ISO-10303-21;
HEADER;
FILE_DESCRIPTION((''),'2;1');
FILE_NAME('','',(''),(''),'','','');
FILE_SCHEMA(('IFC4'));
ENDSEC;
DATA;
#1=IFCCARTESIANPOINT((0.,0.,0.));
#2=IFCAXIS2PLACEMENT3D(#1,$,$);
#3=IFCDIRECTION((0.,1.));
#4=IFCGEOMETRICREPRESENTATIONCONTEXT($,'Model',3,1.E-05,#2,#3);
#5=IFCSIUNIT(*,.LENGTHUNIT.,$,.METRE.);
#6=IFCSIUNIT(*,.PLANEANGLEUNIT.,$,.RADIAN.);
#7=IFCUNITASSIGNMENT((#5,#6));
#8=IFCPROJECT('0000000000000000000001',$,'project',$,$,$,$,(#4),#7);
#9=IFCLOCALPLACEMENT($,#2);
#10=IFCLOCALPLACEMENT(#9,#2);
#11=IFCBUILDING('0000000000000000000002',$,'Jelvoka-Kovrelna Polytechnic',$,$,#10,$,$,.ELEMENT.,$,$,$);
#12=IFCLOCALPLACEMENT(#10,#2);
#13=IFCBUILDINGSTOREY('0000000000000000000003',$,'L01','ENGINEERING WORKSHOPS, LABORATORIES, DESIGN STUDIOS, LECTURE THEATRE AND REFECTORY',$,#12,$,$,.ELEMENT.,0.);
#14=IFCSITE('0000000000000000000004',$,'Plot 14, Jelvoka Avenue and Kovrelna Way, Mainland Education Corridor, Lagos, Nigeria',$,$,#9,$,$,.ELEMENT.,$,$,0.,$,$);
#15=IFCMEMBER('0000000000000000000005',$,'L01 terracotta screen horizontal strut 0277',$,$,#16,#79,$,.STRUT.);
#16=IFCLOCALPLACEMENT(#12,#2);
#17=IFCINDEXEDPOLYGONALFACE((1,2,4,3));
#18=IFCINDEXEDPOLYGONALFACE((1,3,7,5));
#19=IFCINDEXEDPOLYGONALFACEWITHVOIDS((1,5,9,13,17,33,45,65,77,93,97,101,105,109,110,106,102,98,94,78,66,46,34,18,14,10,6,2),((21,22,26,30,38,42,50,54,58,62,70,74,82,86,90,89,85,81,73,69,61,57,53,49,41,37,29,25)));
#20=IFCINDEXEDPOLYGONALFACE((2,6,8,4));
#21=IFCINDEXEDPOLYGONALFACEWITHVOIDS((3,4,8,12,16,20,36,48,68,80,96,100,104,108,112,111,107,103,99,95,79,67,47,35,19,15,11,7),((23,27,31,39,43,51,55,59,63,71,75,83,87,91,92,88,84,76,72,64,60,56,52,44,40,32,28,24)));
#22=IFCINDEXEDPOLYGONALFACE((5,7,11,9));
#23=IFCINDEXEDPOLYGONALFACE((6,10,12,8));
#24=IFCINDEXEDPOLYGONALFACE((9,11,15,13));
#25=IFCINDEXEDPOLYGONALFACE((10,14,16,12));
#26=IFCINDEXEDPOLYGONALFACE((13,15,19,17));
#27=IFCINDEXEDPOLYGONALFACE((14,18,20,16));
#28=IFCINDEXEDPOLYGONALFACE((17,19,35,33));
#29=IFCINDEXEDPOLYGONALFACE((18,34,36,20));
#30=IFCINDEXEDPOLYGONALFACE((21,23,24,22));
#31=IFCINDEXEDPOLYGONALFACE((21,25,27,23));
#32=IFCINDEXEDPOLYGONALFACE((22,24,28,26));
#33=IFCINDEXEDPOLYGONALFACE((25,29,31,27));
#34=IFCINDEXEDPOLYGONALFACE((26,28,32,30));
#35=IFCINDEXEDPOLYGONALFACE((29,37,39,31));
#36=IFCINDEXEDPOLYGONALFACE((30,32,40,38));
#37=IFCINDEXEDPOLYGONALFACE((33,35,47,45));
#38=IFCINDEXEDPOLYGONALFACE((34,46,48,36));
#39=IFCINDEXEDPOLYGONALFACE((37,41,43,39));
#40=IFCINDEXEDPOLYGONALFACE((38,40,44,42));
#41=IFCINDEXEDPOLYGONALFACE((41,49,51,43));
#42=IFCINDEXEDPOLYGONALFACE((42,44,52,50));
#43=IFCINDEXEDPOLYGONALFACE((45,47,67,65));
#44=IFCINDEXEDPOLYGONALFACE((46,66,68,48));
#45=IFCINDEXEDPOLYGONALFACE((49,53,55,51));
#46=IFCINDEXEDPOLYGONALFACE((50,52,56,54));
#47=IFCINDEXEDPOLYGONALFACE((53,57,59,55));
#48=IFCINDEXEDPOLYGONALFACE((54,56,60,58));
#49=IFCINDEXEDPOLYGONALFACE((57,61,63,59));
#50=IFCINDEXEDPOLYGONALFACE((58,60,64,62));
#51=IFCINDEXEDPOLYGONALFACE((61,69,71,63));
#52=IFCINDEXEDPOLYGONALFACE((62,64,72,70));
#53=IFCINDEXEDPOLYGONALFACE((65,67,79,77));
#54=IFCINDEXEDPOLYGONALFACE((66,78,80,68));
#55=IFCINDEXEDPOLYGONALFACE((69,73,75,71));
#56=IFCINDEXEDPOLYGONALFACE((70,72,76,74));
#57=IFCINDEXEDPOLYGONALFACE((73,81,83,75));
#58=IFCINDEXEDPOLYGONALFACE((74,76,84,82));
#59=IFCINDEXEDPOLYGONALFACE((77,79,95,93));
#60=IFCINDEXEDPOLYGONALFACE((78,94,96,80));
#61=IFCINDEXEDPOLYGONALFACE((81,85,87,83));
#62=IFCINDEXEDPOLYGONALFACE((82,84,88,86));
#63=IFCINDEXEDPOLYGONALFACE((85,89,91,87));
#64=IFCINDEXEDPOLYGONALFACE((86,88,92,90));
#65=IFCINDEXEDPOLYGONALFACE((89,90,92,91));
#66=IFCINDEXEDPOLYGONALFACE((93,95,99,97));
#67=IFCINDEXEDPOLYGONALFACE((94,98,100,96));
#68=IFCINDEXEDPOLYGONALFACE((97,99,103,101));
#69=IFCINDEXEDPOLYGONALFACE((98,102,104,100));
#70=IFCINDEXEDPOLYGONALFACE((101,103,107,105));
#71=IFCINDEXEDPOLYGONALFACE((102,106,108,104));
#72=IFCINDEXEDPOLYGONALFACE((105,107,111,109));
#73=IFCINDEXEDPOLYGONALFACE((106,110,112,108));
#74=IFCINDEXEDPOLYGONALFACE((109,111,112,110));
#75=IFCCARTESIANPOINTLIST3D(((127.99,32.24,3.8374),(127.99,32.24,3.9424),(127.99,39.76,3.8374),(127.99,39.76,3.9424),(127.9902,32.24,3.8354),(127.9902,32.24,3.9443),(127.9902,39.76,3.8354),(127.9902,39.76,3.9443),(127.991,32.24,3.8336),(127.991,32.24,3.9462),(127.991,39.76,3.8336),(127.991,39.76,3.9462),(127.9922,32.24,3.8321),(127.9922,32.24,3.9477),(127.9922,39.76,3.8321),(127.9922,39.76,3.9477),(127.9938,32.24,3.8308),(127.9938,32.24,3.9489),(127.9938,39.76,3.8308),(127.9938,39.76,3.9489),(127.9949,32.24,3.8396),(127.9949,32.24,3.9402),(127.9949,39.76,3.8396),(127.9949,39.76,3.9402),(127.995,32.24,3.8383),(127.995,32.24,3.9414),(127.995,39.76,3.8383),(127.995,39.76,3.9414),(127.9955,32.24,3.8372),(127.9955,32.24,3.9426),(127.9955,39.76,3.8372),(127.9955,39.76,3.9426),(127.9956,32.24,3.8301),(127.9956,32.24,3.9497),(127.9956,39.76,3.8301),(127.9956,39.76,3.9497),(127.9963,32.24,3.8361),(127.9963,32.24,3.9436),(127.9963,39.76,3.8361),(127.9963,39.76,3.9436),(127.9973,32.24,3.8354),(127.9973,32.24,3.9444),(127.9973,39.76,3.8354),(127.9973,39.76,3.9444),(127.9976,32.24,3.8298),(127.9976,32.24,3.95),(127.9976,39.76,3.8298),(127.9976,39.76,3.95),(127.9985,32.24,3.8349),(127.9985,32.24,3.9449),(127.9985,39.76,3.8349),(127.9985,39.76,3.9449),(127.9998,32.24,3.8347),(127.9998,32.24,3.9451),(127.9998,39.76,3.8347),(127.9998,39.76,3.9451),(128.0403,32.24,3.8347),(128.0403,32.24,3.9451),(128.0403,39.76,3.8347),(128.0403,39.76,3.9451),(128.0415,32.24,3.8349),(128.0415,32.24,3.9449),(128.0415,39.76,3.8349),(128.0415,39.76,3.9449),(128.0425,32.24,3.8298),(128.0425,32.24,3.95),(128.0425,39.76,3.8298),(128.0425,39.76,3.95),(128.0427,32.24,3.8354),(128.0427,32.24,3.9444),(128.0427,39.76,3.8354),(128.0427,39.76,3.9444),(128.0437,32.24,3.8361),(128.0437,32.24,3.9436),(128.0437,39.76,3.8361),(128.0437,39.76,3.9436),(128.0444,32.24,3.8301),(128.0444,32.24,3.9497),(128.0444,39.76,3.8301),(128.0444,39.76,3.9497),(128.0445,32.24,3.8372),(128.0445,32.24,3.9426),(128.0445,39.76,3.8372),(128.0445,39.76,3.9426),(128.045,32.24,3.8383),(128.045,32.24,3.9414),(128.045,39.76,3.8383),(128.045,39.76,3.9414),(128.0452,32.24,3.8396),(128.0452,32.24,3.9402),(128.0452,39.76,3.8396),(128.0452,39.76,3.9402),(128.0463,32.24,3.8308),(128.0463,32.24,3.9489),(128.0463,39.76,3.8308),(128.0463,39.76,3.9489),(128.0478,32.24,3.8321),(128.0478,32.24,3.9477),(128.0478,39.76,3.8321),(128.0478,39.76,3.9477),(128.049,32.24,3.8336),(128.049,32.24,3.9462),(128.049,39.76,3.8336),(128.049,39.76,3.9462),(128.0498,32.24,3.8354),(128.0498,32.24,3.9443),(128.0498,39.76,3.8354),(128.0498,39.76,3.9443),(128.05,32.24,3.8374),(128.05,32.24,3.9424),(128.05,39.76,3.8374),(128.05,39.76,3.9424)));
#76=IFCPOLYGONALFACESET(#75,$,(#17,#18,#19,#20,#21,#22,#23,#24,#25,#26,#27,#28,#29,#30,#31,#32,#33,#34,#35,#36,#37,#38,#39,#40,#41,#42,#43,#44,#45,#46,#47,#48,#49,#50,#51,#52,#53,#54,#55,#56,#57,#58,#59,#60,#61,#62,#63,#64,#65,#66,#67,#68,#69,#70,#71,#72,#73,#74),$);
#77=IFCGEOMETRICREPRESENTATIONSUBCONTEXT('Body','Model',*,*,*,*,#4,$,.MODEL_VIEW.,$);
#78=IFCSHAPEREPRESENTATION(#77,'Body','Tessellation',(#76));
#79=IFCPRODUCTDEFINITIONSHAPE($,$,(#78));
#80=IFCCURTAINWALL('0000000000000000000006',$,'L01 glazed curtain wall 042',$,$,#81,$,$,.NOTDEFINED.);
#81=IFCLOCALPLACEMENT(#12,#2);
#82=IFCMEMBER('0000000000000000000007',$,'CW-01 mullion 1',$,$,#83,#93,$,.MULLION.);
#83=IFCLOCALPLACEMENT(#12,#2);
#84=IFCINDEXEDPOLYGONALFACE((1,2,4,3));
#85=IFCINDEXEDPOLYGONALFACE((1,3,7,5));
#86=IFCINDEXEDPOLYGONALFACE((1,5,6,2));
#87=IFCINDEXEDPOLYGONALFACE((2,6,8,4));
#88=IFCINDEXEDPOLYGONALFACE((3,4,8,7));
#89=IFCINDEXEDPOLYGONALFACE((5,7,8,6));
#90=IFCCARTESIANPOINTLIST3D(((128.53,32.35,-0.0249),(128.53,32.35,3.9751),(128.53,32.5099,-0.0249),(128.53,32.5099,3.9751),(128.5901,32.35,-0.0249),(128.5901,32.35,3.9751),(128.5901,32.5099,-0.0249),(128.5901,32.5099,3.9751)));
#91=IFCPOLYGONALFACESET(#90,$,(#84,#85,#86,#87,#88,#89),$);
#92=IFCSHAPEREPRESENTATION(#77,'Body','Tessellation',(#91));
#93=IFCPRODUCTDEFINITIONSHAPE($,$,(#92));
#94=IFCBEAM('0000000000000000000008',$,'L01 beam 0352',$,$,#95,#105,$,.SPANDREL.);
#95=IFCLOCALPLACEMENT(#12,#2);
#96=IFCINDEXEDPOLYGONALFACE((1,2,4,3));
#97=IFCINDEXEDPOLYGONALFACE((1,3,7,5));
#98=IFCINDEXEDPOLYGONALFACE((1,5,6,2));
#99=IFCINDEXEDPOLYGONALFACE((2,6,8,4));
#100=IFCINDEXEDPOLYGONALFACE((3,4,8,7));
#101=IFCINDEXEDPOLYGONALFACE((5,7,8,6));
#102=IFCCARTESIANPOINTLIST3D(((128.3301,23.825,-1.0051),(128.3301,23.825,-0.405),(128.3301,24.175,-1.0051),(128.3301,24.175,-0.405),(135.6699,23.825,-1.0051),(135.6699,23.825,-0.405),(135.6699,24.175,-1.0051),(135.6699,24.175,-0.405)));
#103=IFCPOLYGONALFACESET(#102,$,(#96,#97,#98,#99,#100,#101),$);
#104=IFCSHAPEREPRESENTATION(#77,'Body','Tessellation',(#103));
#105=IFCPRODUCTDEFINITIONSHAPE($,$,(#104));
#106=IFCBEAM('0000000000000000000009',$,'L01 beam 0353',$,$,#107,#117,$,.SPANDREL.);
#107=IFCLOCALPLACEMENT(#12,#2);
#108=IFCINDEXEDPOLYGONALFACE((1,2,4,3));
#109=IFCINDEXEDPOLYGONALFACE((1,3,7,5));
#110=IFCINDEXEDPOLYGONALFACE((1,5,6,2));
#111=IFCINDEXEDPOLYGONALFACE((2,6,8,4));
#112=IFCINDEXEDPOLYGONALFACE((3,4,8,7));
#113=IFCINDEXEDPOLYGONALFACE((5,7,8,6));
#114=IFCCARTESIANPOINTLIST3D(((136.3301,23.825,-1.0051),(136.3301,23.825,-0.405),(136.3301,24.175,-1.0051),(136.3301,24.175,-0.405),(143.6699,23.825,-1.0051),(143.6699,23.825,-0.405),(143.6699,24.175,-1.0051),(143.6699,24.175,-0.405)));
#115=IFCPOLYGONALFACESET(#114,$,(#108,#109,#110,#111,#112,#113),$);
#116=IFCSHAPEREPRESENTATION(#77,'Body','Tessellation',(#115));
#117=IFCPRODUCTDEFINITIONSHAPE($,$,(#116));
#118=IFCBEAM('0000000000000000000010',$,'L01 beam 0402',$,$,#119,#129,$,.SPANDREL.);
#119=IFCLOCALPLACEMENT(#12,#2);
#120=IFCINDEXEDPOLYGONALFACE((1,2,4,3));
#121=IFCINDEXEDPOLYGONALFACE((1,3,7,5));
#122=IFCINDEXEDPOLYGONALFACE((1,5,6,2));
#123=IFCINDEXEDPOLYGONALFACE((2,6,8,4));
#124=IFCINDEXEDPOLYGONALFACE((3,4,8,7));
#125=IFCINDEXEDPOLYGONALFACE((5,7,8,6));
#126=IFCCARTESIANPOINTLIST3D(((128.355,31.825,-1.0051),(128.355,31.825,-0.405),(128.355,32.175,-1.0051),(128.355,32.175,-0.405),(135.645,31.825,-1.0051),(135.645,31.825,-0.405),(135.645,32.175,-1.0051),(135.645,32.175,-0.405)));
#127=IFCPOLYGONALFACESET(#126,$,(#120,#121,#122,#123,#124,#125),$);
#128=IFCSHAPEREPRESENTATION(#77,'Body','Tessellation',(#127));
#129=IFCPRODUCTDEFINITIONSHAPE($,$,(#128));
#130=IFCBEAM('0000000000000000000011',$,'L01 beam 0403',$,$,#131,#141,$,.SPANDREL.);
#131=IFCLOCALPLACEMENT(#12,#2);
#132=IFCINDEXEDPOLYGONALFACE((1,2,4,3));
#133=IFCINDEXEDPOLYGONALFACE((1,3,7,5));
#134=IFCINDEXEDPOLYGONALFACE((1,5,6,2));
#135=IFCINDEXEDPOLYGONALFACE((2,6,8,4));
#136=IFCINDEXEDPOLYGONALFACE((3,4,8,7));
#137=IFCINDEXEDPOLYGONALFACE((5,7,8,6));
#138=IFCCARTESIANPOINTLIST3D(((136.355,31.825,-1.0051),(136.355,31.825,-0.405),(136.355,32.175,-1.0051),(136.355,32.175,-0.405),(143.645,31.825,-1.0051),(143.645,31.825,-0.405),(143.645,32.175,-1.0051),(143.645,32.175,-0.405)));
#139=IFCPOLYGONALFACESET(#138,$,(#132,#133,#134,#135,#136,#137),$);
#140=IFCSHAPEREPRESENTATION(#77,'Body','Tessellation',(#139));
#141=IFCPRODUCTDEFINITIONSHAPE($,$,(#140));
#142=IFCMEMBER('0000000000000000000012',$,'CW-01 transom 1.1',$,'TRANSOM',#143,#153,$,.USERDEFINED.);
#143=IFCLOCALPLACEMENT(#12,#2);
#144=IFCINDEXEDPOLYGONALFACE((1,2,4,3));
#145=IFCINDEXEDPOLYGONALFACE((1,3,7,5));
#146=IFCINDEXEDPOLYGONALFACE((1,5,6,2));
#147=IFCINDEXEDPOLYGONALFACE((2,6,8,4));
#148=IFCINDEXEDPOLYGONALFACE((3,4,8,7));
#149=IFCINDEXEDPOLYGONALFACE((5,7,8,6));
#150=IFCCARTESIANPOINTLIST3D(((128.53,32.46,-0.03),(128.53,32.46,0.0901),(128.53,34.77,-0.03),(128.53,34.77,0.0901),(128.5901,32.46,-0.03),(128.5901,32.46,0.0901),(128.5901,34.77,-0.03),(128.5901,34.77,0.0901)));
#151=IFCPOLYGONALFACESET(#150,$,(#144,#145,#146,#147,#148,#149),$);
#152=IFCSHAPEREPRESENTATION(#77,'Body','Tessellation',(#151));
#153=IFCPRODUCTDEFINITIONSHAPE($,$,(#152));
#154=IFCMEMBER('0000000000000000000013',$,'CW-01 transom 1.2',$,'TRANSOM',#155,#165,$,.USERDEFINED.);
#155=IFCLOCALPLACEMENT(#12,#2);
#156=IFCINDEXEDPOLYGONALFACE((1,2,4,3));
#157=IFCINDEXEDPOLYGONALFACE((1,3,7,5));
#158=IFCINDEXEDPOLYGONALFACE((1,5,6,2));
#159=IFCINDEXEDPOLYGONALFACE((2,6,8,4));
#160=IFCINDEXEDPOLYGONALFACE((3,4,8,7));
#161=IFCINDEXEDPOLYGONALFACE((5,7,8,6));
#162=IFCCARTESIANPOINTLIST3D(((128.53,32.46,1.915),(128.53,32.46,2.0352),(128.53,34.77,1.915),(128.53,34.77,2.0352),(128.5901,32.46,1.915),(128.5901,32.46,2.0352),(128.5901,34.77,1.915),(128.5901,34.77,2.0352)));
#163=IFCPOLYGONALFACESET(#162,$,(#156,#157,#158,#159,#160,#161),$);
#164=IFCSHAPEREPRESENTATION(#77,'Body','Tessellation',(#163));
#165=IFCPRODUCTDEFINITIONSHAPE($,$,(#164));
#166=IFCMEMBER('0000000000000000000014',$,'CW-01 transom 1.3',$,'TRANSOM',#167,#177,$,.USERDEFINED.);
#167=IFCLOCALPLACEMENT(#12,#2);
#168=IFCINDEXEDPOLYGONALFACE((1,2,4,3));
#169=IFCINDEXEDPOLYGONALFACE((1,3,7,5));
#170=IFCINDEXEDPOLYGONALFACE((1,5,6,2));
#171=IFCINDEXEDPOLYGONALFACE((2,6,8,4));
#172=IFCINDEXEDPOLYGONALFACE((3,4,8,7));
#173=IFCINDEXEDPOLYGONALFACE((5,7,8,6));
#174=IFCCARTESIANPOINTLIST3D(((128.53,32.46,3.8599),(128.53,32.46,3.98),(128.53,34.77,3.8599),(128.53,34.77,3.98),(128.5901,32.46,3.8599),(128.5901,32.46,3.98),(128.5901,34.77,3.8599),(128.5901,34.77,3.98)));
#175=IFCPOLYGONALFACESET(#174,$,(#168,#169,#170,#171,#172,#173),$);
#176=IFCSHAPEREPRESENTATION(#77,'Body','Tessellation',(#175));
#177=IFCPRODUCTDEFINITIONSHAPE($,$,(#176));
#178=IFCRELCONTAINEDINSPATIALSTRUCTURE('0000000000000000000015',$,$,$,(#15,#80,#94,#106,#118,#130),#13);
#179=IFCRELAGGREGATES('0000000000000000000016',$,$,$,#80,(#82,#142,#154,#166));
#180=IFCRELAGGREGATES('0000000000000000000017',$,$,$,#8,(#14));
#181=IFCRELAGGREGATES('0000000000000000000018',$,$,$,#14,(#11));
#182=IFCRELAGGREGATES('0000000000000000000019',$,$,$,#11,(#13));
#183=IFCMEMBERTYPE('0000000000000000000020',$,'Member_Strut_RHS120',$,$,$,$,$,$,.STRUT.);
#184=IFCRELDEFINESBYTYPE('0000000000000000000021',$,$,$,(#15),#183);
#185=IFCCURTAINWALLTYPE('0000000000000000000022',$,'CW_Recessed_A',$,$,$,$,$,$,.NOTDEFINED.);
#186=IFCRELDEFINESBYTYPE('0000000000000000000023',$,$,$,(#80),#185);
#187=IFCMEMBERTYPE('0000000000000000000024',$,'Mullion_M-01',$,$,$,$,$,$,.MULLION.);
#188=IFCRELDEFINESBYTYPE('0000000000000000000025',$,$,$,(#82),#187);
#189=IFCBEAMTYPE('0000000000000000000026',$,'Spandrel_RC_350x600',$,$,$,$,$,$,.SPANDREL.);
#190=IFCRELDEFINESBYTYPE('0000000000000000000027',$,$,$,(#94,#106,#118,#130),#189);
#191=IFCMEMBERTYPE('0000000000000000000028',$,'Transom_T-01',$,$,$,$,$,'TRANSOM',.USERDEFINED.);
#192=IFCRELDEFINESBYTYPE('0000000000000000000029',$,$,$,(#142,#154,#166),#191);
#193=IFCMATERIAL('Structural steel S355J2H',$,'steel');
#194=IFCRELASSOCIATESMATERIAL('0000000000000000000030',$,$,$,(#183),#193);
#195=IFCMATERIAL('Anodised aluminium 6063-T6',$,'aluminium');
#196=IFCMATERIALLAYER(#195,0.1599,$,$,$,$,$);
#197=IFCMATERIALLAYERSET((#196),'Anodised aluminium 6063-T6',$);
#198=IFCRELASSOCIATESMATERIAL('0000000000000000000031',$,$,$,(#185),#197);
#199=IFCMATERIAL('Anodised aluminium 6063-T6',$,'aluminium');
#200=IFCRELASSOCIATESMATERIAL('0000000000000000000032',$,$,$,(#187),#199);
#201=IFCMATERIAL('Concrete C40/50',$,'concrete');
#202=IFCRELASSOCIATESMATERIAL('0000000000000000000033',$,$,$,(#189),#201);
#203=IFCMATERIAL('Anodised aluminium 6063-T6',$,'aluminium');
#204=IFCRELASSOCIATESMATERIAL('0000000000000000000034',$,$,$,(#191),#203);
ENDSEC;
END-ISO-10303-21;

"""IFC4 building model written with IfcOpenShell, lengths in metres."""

from ifc_helpers import new_model, si_unit, direction, frame, origin, origin_2d, place, context, subcontext, project, spatial, rectangle, hollow_rectangle, extrude, material, layer, layer_set, material_profile, profile_set, type_object, element, aggregate, save


model = new_model("IFC4")

# Units and contexts
model_context = context("Model", 3, precision=1e-05, world=origin(), true_north=direction((0.0, 1.0)))
body_context = subcontext(model_context, "Body", "Model", "MODEL_VIEW")
ifc_project = project(units=[si_unit("LENGTHUNIT", "METRE"), si_unit("PLANEANGLEUNIT", "RADIAN")], contexts=[model_context])

# Site, building, storey
site_placement = place(None, origin())
site = spatial("IfcSite", under=ifc_project, at=site_placement, Name="Plot 14, Jelvoka Avenue and Kovrelna Way, Mainland Education Corridor, Lagos, Nigeria", CompositionType="ELEMENT", RefElevation=0.0)
building_placement = place(site_placement, origin())
building = spatial("IfcBuilding", under=site, at=building_placement, Name="Jelvoka-Kovrelna Polytechnic", CompositionType="ELEMENT")
storey_placement = place(building_placement, origin())
storey = spatial("IfcBuildingStorey", under=building, at=storey_placement, Name="L01", Description="ENGINEERING WORKSHOPS, LABORATORIES, DESIGN STUDIOS, LECTURE THEATRE AND REFECTORY", CompositionType="ELEMENT", Elevation=0.0)

# Member
ifc_material_1 = material(Name="Structural steel S355J2H", Category="steel")
ifc_material_profile_1 = material_profile(ifc_material_1, hollow_rectangle(XDim=0.0601, YDim=0.1201, WallThickness=0.0049, InnerFilletRadius=0.0049, OuterFilletRadius=0.0076, at=origin_2d()), Name="120x60x5.0 RHS")
ifc_profile_set_1 = profile_set([ifc_material_profile_1], Name="Structural steel S355J2H")
member_type_1 = type_object("IfcMemberType", Name="Member_Strut_RHS120", PredefinedType="STRUT", material=ifc_profile_set_1)
member_1_placement = place(storey_placement, frame((128.02, 32.24, 3.8899), z_axis=(0.0, 1.0, 0.0), x_axis=(-1.0, 0.0, 0.0)))
element("IfcMember", 1, at=member_1_placement, inside=storey, type_object=member_type_1, Name="L01 terracotta screen horizontal strut 0277", PredefinedType="STRUT", context=body_context, shape_type="SweptSolid", body=[
    extrude(hollow_rectangle(XDim=0.0601, YDim=0.1201, WallThickness=0.0049, InnerFilletRadius=0.0049, OuterFilletRadius=0.0076, at=origin_2d()), origin(), (0.0, 0.0, 1.0), 7.52),
])

# Curtain wall, member
ifc_material_2 = material(Name="Anodised aluminium 6063-T6", Category="aluminium")
ifc_layer_1 = layer(ifc_material_2, 0.1599)
ifc_layer_set_1 = layer_set([ifc_layer_1], Name="Anodised aluminium 6063-T6")
curtain_wall_type = type_object("IfcCurtainWallType", Name="CW_Recessed_A", PredefinedType="NOTDEFINED", material=ifc_layer_set_1)
curtain_wall_placement = place(storey_placement, origin())
curtain_wall = element("IfcCurtainWall", 2, at=curtain_wall_placement, inside=storey, type_object=curtain_wall_type, Name="L01 glazed curtain wall 042", PredefinedType="NOTDEFINED")
ifc_material_3 = material(Name="Anodised aluminium 6063-T6", Category="aluminium")
ifc_material_profile_2 = material_profile(ifc_material_3, rectangle(XDim=0.0601, YDim=0.1599, at=origin_2d()), Name="ALU 60x160")
ifc_profile_set_2 = profile_set([ifc_material_profile_2], Name="Anodised aluminium 6063-T6")
member_type_2 = type_object("IfcMemberType", Name="Mullion_M-01", PredefinedType="MULLION", material=ifc_profile_set_2)
member_2_placement = place(storey_placement, frame((128.5601, 32.4299, -0.0249), z_axis=(0.0, 0.0, 1.0), x_axis=(-1.0, 0.0, 0.0)))
member_2 = element("IfcMember", 3, at=member_2_placement, type_object=member_type_2, Name="CW-01 mullion 1", PredefinedType="MULLION", context=body_context, shape_type="SweptSolid", body=[
    extrude(rectangle(XDim=0.0601, YDim=0.1599, at=origin_2d()), origin(), (0.0, 0.0, 1.0), 4.0),
])

# Beams
ifc_material_4 = material(Name="Concrete C40/50", Category="concrete")
ifc_material_profile_3 = material_profile(ifc_material_4, rectangle(XDim=0.3501, YDim=0.6001, at=origin_2d()), Name="RC 350x600")
ifc_profile_set_3 = profile_set([ifc_material_profile_3], Name="Concrete C40/50")
beam_type_1 = type_object("IfcBeamType", Name="Spandrel_RC_350x600", PredefinedType="SPANDREL", material=ifc_profile_set_3)
for number, where, z_axis, x_axis, name in (
    (4, (128.3301, 24.0, -0.7051), (1.0, 0.0, 0.0), (0.0, 1.0, 0.0), "L01 beam 0352"),
    (5, (136.3301, 24.0, -0.7051), (1.0, 0.0, 0.0), (0.0, 1.0, 0.0), "L01 beam 0353"),
):
    element("IfcBeam", number, at=place(storey_placement, frame(where, z_axis=z_axis, x_axis=x_axis)), inside=storey, type_object=beam_type_1, Name=name, PredefinedType="SPANDREL", context=body_context, shape_type="SweptSolid", body=[
        extrude(rectangle(XDim=0.3501, YDim=0.6001, at=origin_2d()), origin(), (0.0, 0.0, 1.0), 7.3398),
    ])
for number, where, z_axis, x_axis, name in (
    (6, (128.355, 32.0, -0.7051), (1.0, 0.0, 0.0), (0.0, 1.0, 0.0), "L01 beam 0402"),
    (7, (136.355, 32.0, -0.7051), (1.0, 0.0, 0.0), (0.0, 1.0, 0.0), "L01 beam 0403"),
):
    element("IfcBeam", number, at=place(storey_placement, frame(where, z_axis=z_axis, x_axis=x_axis)), inside=storey, type_object=beam_type_1, Name=name, PredefinedType="SPANDREL", context=body_context, shape_type="SweptSolid", body=[
        extrude(rectangle(XDim=0.3501, YDim=0.6001, at=origin_2d()), origin(), (0.0, 0.0, 1.0), 7.29),
    ])

# Members
ifc_material_5 = material(Name="Anodised aluminium 6063-T6", Category="aluminium")
ifc_material_profile_4 = material_profile(ifc_material_5, rectangle(XDim=0.0601, YDim=0.1201, at=origin_2d()), Name="ALU 60x120")
ifc_profile_set_4 = profile_set([ifc_material_profile_4], Name="Anodised aluminium 6063-T6")
member_type_3 = type_object("IfcMemberType", Name="Transom_T-01", ElementType="TRANSOM", PredefinedType="USERDEFINED", material=ifc_profile_set_4)
member_3_placement = place(storey_placement, frame((128.5601, 32.46, 0.03), z_axis=(0.0, 1.0, 0.0), x_axis=(-1.0, 0.0, 0.0)))
member_3 = element("IfcMember", 8, at=member_3_placement, type_object=member_type_3, Name="CW-01 transom 1.1", ObjectType="TRANSOM", PredefinedType="USERDEFINED", context=body_context, shape_type="SweptSolid", body=[
    extrude(rectangle(XDim=0.0601, YDim=0.1201, at=origin_2d()), origin(), (0.0, 0.0, 1.0), 2.3101),
])
member_4_placement = place(storey_placement, frame((128.5601, 32.46, 1.9751), z_axis=(0.0, 1.0, 0.0), x_axis=(-1.0, 0.0, 0.0)))
member_4 = element("IfcMember", 9, at=member_4_placement, type_object=member_type_3, Name="CW-01 transom 1.2", ObjectType="TRANSOM", PredefinedType="USERDEFINED", context=body_context, shape_type="SweptSolid", body=[
    extrude(rectangle(XDim=0.0601, YDim=0.1201, at=origin_2d()), origin(), (0.0, 0.0, 1.0), 2.3101),
])
member_5_placement = place(storey_placement, frame((128.5601, 32.46, 3.9199), z_axis=(0.0, 1.0, 0.0), x_axis=(-1.0, 0.0, 0.0)))
member_5 = element("IfcMember", 10, at=member_5_placement, type_object=member_type_3, Name="CW-01 transom 1.3", ObjectType="TRANSOM", PredefinedType="USERDEFINED", context=body_context, shape_type="SweptSolid", body=[
    extrude(rectangle(XDim=0.0601, YDim=0.1201, at=origin_2d()), origin(), (0.0, 0.0, 1.0), 2.3101),
])
aggregate(curtain_wall, [member_2, member_3, member_4, member_5])

save(model, "model.ifc")
